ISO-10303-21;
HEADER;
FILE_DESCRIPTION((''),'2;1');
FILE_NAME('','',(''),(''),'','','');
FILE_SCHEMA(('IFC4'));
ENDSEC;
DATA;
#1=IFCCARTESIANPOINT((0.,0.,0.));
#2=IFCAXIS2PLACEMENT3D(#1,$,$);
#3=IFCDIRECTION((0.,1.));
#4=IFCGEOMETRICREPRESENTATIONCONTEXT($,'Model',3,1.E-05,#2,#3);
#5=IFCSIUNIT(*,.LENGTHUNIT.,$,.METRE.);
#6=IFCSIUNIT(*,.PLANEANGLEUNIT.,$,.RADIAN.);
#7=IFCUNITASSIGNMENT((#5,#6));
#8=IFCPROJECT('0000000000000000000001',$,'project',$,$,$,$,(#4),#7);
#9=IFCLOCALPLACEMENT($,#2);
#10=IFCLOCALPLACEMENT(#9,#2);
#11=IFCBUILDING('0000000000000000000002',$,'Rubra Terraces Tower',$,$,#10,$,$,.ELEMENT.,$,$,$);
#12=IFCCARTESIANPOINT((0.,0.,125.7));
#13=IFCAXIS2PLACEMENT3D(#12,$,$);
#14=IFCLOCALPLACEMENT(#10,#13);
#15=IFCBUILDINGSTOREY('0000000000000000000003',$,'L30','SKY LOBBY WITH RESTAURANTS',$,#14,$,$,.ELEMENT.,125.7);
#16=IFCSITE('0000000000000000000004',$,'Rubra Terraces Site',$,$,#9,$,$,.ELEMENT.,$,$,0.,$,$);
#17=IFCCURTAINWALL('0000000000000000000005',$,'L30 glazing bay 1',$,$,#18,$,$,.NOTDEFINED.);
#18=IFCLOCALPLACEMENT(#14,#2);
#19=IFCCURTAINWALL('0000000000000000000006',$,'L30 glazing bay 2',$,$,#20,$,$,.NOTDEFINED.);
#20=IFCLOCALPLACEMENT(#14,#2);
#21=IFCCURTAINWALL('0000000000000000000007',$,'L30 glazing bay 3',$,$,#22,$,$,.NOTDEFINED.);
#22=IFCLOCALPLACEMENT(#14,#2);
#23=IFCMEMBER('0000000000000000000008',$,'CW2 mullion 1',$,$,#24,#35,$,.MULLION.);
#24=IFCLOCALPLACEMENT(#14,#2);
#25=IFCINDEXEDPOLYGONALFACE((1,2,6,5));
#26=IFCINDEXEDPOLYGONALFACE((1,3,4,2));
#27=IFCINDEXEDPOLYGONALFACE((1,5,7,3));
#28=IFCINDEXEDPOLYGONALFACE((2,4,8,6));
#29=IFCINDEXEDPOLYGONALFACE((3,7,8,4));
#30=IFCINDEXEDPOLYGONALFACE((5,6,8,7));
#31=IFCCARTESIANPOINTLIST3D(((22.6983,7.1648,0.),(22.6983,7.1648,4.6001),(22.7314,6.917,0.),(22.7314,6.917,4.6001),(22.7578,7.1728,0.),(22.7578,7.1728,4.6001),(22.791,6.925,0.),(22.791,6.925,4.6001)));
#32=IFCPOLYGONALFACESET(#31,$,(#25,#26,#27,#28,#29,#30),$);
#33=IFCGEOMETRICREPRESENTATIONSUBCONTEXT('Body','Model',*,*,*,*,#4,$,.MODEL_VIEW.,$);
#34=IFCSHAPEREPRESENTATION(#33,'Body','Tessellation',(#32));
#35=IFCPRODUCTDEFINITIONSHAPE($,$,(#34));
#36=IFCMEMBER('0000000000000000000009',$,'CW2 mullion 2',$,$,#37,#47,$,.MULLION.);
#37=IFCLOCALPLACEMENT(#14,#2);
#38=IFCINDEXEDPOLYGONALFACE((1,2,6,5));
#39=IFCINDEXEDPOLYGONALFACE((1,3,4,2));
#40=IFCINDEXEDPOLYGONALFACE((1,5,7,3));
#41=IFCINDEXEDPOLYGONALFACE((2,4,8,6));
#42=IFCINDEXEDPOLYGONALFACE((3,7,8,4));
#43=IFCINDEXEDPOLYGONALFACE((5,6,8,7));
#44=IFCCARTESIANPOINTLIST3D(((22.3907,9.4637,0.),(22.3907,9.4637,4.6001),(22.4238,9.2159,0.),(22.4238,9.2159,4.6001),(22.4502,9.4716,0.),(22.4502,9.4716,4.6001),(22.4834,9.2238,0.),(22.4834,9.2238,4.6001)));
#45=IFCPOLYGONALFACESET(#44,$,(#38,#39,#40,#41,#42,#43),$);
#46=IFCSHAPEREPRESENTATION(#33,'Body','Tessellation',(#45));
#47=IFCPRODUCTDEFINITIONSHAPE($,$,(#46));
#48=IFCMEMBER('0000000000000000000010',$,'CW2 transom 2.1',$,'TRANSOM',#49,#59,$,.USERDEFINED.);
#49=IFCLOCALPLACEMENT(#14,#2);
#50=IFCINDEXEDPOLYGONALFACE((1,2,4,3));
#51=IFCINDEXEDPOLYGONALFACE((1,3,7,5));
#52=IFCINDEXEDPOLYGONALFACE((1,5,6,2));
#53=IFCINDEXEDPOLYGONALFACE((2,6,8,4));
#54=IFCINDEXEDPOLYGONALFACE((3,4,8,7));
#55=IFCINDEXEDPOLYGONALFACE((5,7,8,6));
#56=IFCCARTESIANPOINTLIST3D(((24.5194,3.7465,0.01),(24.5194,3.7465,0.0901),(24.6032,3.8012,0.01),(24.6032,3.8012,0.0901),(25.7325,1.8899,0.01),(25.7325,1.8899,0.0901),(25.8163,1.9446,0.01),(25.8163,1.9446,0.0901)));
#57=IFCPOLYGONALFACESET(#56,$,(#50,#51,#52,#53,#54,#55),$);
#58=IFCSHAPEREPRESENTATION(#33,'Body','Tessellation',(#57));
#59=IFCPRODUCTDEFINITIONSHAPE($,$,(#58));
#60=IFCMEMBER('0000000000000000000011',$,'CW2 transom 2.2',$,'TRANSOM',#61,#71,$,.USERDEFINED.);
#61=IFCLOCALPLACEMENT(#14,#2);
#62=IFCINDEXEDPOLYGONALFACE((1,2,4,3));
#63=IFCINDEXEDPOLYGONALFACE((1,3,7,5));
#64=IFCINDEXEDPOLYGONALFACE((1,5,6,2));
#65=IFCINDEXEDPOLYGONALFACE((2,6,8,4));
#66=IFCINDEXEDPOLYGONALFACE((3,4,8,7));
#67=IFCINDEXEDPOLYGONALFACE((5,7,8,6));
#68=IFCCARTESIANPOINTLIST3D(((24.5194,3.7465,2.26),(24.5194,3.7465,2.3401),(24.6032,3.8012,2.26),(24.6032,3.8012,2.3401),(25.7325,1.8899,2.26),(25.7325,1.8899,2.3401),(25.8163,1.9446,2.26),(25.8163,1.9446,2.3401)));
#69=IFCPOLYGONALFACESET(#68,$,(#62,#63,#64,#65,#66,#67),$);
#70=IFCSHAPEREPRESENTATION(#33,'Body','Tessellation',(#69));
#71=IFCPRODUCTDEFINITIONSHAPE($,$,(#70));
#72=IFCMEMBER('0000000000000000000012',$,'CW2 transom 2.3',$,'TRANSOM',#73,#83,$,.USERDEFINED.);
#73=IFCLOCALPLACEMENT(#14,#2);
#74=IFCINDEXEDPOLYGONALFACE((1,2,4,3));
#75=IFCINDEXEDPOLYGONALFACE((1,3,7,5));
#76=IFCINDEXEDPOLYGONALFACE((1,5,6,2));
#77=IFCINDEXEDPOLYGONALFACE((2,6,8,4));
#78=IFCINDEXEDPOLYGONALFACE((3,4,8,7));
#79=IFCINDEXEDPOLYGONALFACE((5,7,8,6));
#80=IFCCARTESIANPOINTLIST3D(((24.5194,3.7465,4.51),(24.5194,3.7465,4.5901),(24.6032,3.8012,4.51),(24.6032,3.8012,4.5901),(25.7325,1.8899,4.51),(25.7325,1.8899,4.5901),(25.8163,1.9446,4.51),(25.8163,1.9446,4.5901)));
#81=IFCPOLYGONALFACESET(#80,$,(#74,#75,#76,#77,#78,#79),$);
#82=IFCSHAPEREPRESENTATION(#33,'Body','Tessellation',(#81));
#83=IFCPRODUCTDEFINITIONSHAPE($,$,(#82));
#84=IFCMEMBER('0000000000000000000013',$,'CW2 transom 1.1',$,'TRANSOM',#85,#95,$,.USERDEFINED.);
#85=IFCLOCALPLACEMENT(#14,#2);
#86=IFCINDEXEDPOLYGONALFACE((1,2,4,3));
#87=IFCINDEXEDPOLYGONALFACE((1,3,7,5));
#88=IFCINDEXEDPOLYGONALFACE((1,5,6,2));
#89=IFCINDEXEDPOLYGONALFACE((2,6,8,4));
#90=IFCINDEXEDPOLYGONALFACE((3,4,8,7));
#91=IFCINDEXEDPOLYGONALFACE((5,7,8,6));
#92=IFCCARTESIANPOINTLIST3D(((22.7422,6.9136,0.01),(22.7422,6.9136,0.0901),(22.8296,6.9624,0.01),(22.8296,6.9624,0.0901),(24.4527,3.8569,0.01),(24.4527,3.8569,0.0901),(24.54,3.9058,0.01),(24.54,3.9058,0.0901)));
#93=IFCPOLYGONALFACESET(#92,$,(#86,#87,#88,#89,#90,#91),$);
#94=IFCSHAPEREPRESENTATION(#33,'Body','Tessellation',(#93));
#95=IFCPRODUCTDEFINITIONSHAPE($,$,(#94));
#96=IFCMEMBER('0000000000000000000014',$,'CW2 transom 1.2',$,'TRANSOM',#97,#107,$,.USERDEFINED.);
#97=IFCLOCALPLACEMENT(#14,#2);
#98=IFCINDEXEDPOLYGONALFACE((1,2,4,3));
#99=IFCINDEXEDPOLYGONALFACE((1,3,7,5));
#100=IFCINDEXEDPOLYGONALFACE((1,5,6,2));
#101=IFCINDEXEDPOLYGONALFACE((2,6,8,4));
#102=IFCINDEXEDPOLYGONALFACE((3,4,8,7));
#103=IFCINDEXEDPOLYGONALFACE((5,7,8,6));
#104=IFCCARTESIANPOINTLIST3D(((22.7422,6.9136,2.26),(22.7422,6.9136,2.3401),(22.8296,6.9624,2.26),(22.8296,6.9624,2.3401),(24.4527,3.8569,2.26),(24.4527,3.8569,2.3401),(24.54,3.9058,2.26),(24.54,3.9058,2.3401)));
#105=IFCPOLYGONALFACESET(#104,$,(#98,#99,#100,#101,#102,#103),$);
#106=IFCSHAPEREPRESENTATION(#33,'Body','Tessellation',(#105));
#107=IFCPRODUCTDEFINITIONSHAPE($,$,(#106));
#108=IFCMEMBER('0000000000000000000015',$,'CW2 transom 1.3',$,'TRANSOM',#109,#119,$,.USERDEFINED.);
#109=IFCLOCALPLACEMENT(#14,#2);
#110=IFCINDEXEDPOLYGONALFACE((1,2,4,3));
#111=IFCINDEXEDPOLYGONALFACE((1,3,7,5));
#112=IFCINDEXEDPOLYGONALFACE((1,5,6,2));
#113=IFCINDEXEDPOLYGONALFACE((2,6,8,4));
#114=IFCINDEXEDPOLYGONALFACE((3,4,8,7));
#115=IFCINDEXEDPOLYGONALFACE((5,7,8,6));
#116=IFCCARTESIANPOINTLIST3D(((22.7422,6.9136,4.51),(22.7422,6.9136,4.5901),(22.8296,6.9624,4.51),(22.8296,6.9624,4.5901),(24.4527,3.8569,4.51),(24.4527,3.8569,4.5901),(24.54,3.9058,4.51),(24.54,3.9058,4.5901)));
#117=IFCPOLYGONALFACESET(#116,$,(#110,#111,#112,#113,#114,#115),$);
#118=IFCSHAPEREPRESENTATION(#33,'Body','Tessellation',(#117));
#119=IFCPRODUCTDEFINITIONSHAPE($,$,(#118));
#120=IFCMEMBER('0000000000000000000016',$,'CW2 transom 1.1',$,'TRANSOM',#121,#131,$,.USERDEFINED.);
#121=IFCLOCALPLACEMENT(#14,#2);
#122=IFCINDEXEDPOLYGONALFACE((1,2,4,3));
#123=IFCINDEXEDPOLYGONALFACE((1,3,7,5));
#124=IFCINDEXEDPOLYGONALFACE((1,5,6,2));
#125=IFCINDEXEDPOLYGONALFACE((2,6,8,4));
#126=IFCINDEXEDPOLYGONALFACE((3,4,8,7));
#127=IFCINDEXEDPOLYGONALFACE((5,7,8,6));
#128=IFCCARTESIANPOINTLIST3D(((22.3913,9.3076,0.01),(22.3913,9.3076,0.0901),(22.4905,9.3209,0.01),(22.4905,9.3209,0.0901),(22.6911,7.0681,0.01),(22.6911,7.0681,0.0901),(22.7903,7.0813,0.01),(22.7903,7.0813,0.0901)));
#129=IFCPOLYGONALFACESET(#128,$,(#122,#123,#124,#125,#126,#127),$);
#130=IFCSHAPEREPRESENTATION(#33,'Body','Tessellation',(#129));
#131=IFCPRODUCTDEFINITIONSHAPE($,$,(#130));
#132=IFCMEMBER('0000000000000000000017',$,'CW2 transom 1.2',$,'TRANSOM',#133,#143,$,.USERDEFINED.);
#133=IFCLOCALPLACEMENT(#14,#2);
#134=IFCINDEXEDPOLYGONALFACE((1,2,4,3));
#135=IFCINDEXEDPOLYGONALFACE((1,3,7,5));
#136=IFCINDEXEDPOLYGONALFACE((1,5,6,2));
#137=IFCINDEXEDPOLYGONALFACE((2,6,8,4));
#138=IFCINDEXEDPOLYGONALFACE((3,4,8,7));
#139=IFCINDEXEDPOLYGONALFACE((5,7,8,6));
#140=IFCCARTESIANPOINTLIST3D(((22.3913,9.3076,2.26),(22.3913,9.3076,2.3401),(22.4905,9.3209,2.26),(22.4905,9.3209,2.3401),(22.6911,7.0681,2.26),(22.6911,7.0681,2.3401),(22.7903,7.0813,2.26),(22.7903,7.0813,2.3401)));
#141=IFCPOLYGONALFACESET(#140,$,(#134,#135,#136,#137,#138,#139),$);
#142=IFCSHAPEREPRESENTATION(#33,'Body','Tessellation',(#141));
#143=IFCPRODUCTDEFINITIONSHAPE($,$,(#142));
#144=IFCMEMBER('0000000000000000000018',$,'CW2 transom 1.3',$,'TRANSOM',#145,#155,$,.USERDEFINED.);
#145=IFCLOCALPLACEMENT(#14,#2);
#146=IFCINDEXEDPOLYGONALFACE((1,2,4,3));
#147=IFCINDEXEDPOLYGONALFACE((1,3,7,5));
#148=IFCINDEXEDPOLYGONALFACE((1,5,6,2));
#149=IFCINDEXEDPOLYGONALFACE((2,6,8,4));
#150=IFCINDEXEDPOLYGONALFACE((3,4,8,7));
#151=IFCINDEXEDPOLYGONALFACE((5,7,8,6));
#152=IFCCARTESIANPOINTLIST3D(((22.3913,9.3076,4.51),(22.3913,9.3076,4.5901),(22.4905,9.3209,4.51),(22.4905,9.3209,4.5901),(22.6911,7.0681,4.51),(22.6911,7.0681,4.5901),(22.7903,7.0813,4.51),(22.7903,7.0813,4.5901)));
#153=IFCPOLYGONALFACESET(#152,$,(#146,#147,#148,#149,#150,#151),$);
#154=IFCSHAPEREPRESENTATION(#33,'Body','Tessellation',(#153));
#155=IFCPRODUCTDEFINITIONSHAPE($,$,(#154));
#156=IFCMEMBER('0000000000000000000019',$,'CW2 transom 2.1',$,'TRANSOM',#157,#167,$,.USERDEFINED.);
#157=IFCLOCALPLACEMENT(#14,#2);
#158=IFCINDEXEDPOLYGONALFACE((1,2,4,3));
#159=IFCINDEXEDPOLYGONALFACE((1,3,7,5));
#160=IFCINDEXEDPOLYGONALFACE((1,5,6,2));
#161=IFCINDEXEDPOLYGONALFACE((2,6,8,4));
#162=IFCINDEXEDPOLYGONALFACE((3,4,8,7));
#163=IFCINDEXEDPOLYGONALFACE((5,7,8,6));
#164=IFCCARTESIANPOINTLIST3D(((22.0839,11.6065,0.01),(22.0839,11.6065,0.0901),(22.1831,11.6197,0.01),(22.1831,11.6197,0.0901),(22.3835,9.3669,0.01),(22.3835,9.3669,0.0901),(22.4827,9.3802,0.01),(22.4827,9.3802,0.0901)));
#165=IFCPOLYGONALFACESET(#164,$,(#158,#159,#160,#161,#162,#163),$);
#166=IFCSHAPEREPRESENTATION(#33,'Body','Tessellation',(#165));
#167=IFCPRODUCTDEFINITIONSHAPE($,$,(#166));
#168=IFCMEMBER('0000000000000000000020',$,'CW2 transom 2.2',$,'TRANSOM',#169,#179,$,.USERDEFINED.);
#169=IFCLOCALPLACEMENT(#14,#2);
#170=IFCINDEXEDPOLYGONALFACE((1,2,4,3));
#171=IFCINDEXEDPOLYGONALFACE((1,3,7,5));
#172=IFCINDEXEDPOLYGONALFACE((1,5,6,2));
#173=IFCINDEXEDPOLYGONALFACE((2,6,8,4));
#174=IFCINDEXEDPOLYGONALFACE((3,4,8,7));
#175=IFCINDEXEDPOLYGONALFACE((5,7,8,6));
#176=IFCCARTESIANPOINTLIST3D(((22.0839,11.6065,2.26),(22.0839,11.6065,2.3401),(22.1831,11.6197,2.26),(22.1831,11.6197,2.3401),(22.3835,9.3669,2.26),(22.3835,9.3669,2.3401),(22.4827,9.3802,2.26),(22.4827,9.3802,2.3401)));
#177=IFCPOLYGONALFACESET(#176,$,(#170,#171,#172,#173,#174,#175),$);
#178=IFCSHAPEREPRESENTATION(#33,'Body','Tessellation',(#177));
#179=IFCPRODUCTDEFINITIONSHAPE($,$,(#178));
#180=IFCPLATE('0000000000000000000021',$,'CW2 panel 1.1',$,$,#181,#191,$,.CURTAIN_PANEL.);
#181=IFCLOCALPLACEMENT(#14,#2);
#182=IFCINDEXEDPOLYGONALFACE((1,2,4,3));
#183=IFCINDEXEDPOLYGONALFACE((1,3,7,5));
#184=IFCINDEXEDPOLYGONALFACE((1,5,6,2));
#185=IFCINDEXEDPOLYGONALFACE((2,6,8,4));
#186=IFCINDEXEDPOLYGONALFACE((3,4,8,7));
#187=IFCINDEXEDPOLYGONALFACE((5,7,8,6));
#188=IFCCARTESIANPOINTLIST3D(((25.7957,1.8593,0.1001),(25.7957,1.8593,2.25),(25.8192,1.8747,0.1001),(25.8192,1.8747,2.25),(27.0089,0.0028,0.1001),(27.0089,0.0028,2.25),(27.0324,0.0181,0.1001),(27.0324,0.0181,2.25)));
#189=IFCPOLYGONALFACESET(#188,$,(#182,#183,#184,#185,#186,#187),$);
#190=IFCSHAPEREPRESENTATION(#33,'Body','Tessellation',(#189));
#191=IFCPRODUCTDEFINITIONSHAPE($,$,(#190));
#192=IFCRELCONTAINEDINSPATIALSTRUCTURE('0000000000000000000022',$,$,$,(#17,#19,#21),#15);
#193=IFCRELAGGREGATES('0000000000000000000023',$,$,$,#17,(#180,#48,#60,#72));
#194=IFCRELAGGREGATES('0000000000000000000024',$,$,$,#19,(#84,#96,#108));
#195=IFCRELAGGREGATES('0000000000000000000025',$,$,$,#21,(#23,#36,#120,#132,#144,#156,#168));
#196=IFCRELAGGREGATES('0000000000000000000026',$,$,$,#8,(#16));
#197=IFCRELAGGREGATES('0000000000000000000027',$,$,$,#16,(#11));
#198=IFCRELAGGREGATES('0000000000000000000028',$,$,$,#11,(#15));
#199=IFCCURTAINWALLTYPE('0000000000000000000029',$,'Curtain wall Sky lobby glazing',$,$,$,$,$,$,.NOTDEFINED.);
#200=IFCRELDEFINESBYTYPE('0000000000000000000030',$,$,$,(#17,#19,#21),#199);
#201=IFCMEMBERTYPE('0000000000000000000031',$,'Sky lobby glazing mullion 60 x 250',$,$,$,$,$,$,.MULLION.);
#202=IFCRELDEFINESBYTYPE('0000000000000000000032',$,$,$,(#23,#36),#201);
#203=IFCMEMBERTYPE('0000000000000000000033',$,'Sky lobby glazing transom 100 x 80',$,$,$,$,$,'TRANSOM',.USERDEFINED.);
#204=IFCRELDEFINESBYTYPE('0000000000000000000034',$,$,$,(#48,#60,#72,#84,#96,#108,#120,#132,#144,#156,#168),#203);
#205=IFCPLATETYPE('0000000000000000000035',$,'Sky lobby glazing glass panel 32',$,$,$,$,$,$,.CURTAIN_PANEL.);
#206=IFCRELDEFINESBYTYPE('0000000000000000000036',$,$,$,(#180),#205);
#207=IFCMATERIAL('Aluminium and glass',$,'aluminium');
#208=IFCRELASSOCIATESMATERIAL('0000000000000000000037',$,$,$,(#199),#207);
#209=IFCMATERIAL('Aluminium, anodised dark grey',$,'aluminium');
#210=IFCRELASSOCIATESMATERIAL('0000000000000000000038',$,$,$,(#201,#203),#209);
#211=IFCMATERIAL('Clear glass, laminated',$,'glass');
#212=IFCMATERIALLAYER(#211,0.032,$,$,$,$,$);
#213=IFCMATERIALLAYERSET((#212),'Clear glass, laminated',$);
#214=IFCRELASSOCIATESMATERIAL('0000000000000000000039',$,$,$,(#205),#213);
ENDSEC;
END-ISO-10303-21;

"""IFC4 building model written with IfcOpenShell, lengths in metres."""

from ifc_helpers import new_model, si_unit, direction, frame, origin, origin_2d, place, context, subcontext, project, spatial, rectangle, extrude, material, layer, layer_set, material_profile, profile_set, type_object, element, aggregate, save


model = new_model("IFC4")

# Units and contexts
model_context = context("Model", 3, precision=1e-05, world=origin(), true_north=direction((0.0, 1.0)))
body_context = subcontext(model_context, "Body", "Model", "MODEL_VIEW")
ifc_project = project(units=[si_unit("LENGTHUNIT", "METRE"), si_unit("PLANEANGLEUNIT", "RADIAN")], contexts=[model_context])

# Site, building, storey
site_placement = place(None, origin())
site = spatial("IfcSite", under=ifc_project, at=site_placement, Name="Rubra Terraces Site", CompositionType="ELEMENT", RefElevation=0.0)
building_placement = place(site_placement, origin())
building = spatial("IfcBuilding", under=site, at=building_placement, Name="Rubra Terraces Tower", CompositionType="ELEMENT")
storey_placement = place(building_placement, frame((0.0, 0.0, 125.7)))
storey = spatial("IfcBuildingStorey", under=building, at=storey_placement, Name="L30", Description="SKY LOBBY WITH RESTAURANTS", CompositionType="ELEMENT", Elevation=125.7)

# Curtain walls
ifc_material_1 = material(Name="Aluminium and glass", Category="aluminium")
curtain_wall_type = type_object("IfcCurtainWallType", Name="Curtain wall Sky lobby glazing", PredefinedType="NOTDEFINED", material=ifc_material_1)
curtain_wall_1_placement = place(storey_placement, origin())
curtain_wall_1 = element("IfcCurtainWall", 1, at=curtain_wall_1_placement, inside=storey, type_object=curtain_wall_type, Name="L30 glazing bay 1", PredefinedType="NOTDEFINED")
ifc_material_2 = material(Name="Aluminium, anodised dark grey", Category="aluminium")
ifc_material_profile_1 = material_profile(ifc_material_2, rectangle(XDim=0.0601, YDim=0.25, at=origin_2d()), Name="AL 60x250")
ifc_profile_set_1 = profile_set([ifc_material_profile_1], Name="Aluminium, anodised dark grey")
member_type_1 = type_object("IfcMemberType", Name="Sky lobby glazing mullion 60 x 250", PredefinedType="MULLION", material=ifc_profile_set_1)
curtain_wall_2_placement = place(storey_placement, origin())
curtain_wall_2 = element("IfcCurtainWall", 2, at=curtain_wall_2_placement, inside=storey, type_object=curtain_wall_type, Name="L30 glazing bay 2", PredefinedType="NOTDEFINED")

# Curtain wall, members
curtain_wall_3_placement = place(storey_placement, origin())
curtain_wall_3 = element("IfcCurtainWall", 3, at=curtain_wall_3_placement, inside=storey, type_object=curtain_wall_type, Name="L30 glazing bay 3", PredefinedType="NOTDEFINED")
member_1_placement = place(storey_placement, frame((22.7446, 7.0449, 0.0), z_axis=(0.0, 0.0, 1.0), x_axis=(-0.991169, -0.132608, 0.0)))
member_1 = element("IfcMember", 4, at=member_1_placement, type_object=member_type_1, Name="CW2 mullion 1", PredefinedType="MULLION", context=body_context, shape_type="SweptSolid", body=[
    extrude(rectangle(XDim=0.0601, YDim=0.25, at=origin_2d()), origin(), (0.0, 0.0, 1.0), 4.6001),
])
member_2_placement = place(storey_placement, frame((22.437, 9.3438, 0.0), z_axis=(0.0, 0.0, 1.0), x_axis=(-0.991169, -0.132608, 0.0)))
member_2 = element("IfcMember", 5, at=member_2_placement, type_object=member_type_1, Name="CW2 mullion 2", PredefinedType="MULLION", context=body_context, shape_type="SweptSolid", body=[
    extrude(rectangle(XDim=0.0601, YDim=0.25, at=origin_2d()), origin(), (0.0, 0.0, 1.0), 4.6001),
])

# Members
ifc_material_profile_2 = material_profile(ifc_material_2, rectangle(XDim=0.1001, YDim=0.0801, at=origin_2d()), Name="AL 100x80")
ifc_profile_set_2 = profile_set([ifc_material_profile_2], Name="Aluminium, anodised dark grey")
member_type_2 = type_object("IfcMemberType", Name="Sky lobby glazing transom 100 x 80", ElementType="TRANSOM", PredefinedType="USERDEFINED", material=ifc_profile_set_2)
member_3_placement = place(storey_placement, frame((25.7744, 1.9172, 0.05), z_axis=(-0.546979, 0.837146, 0.0), x_axis=(-0.837146, -0.546979, 0.0)))
member_3 = element("IfcMember", 6, at=member_3_placement, type_object=member_type_2, Name="CW2 transom 2.1", ObjectType="TRANSOM", PredefinedType="USERDEFINED", context=body_context, shape_type="SweptSolid", body=[
    extrude(rectangle(XDim=0.1001, YDim=0.0801, at=origin_2d()), origin(), (0.0, 0.0, 1.0), 2.2178),
])
member_4_placement = place(storey_placement, frame((25.7744, 1.9172, 2.3), z_axis=(-0.546979, 0.837146, 0.0), x_axis=(-0.837146, -0.546979, 0.0)))
member_4 = element("IfcMember", 7, at=member_4_placement, type_object=member_type_2, Name="CW2 transom 2.2", ObjectType="TRANSOM", PredefinedType="USERDEFINED", context=body_context, shape_type="SweptSolid", body=[
    extrude(rectangle(XDim=0.1001, YDim=0.0801, at=origin_2d()), origin(), (0.0, 0.0, 1.0), 2.2178),
])
member_5_placement = place(storey_placement, frame((25.7744, 1.9172, 4.55), z_axis=(-0.546979, 0.837146, 0.0), x_axis=(-0.837146, -0.546979, 0.0)))
member_5 = element("IfcMember", 8, at=member_5_placement, type_object=member_type_2, Name="CW2 transom 2.3", ObjectType="TRANSOM", PredefinedType="USERDEFINED", context=body_context, shape_type="SweptSolid", body=[
    extrude(rectangle(XDim=0.1001, YDim=0.0801, at=origin_2d()), origin(), (0.0, 0.0, 1.0), 2.2178),
])
member_6_placement = place(storey_placement, frame((24.4963, 3.8813, 0.05), z_axis=(-0.488327, 0.87266, 0.0), x_axis=(-0.87266, -0.488327, 0.0)))
member_6 = element("IfcMember", 9, at=member_6_placement, type_object=member_type_2, Name="CW2 transom 1.1", ObjectType="TRANSOM", PredefinedType="USERDEFINED", context=body_context, shape_type="SweptSolid", body=[
    extrude(rectangle(XDim=0.1001, YDim=0.0801, at=origin_2d()), origin(), (0.0, 0.0, 1.0), 3.5027),
])
member_7_placement = place(storey_placement, frame((24.4963, 3.8813, 2.3), z_axis=(-0.488327, 0.87266, 0.0), x_axis=(-0.87266, -0.488327, 0.0)))
member_7 = element("IfcMember", 10, at=member_7_placement, type_object=member_type_2, Name="CW2 transom 1.2", ObjectType="TRANSOM", PredefinedType="USERDEFINED", context=body_context, shape_type="SweptSolid", body=[
    extrude(rectangle(XDim=0.1001, YDim=0.0801, at=origin_2d()), origin(), (0.0, 0.0, 1.0), 3.5027),
])
member_8_placement = place(storey_placement, frame((24.4963, 3.8813, 4.55), z_axis=(-0.488327, 0.87266, 0.0), x_axis=(-0.87266, -0.488327, 0.0)))
member_8 = element("IfcMember", 11, at=member_8_placement, type_object=member_type_2, Name="CW2 transom 1.3", ObjectType="TRANSOM", PredefinedType="USERDEFINED", context=body_context, shape_type="SweptSolid", body=[
    extrude(rectangle(XDim=0.1001, YDim=0.0801, at=origin_2d()), origin(), (0.0, 0.0, 1.0), 3.5027),
])
member_9_placement = place(storey_placement, frame((22.7407, 7.0747, 0.05), z_axis=(-0.132687, 0.991158, 0.0), x_axis=(-0.991158, -0.132687, 0.0)))
member_9 = element("IfcMember", 12, at=member_9_placement, type_object=member_type_2, Name="CW2 transom 1.1", ObjectType="TRANSOM", PredefinedType="USERDEFINED", context=body_context, shape_type="SweptSolid", body=[
    extrude(rectangle(XDim=0.1001, YDim=0.0801, at=origin_2d()), origin(), (0.0, 0.0, 1.0), 2.2595),
])
member_10_placement = place(storey_placement, frame((22.7407, 7.0747, 2.3), z_axis=(-0.132687, 0.991158, 0.0), x_axis=(-0.991158, -0.132687, 0.0)))
member_10 = element("IfcMember", 13, at=member_10_placement, type_object=member_type_2, Name="CW2 transom 1.2", ObjectType="TRANSOM", PredefinedType="USERDEFINED", context=body_context, shape_type="SweptSolid", body=[
    extrude(rectangle(XDim=0.1001, YDim=0.0801, at=origin_2d()), origin(), (0.0, 0.0, 1.0), 2.2595),
])
member_11_placement = place(storey_placement, frame((22.7407, 7.0747, 4.55), z_axis=(-0.132687, 0.991158, 0.0), x_axis=(-0.991158, -0.132687, 0.0)))
member_11 = element("IfcMember", 14, at=member_11_placement, type_object=member_type_2, Name="CW2 transom 1.3", ObjectType="TRANSOM", PredefinedType="USERDEFINED", context=body_context, shape_type="SweptSolid", body=[
    extrude(rectangle(XDim=0.1001, YDim=0.0801, at=origin_2d()), origin(), (0.0, 0.0, 1.0), 2.2595),
])
member_12_placement = place(storey_placement, frame((22.4331, 9.3735, 0.05), z_axis=(-0.132581, 0.991172, 0.0), x_axis=(-0.991172, -0.132581, 0.0)))
member_12 = element("IfcMember", 15, at=member_12_placement, type_object=member_type_2, Name="CW2 transom 2.1", ObjectType="TRANSOM", PredefinedType="USERDEFINED", context=body_context, shape_type="SweptSolid", body=[
    extrude(rectangle(XDim=0.1001, YDim=0.0801, at=origin_2d()), origin(), (0.0, 0.0, 1.0), 2.2595),
])
member_13_placement = place(storey_placement, frame((22.4331, 9.3735, 2.3), z_axis=(-0.132581, 0.991172, 0.0), x_axis=(-0.991172, -0.132581, 0.0)))
member_13 = element("IfcMember", 16, at=member_13_placement, type_object=member_type_2, Name="CW2 transom 2.2", ObjectType="TRANSOM", PredefinedType="USERDEFINED", context=body_context, shape_type="SweptSolid", body=[
    extrude(rectangle(XDim=0.1001, YDim=0.0801, at=origin_2d()), origin(), (0.0, 0.0, 1.0), 2.2595),
])

# Plate
ifc_material_3 = material(Name="Clear glass, laminated", Category="glass")
ifc_layer_1 = layer(ifc_material_3, 0.032)
ifc_layer_set_1 = layer_set([ifc_layer_1], Name="Clear glass, laminated")
plate_type = type_object("IfcPlateType", Name="Sky lobby glazing glass panel 32", PredefinedType="CURTAIN_PANEL", material=ifc_layer_set_1)
plate_1_placement = place(storey_placement, frame((26.4141, 0.9387, 0.1001), z_axis=(0.0, 0.0, 1.0), x_axis=(-0.547047, 0.837102, 0.0)))
plate_1 = element("IfcPlate", 17, at=plate_1_placement, type_object=plate_type, Name="CW2 panel 1.1", PredefinedType="CURTAIN_PANEL", context=body_context, shape_type="SweptSolid", body=[
    extrude(rectangle(XDim=2.2178, YDim=0.0281, at=origin_2d()), origin(), (0.0, 0.0, 1.0), 2.1499),
])
aggregate(curtain_wall_1, [plate_1, member_3, member_4, member_5])
aggregate(curtain_wall_2, [member_6, member_7, member_8])
aggregate(curtain_wall_3, [member_1, member_2, member_9, member_10, member_11, member_12, member_13])

save(model, "model.ifc")
